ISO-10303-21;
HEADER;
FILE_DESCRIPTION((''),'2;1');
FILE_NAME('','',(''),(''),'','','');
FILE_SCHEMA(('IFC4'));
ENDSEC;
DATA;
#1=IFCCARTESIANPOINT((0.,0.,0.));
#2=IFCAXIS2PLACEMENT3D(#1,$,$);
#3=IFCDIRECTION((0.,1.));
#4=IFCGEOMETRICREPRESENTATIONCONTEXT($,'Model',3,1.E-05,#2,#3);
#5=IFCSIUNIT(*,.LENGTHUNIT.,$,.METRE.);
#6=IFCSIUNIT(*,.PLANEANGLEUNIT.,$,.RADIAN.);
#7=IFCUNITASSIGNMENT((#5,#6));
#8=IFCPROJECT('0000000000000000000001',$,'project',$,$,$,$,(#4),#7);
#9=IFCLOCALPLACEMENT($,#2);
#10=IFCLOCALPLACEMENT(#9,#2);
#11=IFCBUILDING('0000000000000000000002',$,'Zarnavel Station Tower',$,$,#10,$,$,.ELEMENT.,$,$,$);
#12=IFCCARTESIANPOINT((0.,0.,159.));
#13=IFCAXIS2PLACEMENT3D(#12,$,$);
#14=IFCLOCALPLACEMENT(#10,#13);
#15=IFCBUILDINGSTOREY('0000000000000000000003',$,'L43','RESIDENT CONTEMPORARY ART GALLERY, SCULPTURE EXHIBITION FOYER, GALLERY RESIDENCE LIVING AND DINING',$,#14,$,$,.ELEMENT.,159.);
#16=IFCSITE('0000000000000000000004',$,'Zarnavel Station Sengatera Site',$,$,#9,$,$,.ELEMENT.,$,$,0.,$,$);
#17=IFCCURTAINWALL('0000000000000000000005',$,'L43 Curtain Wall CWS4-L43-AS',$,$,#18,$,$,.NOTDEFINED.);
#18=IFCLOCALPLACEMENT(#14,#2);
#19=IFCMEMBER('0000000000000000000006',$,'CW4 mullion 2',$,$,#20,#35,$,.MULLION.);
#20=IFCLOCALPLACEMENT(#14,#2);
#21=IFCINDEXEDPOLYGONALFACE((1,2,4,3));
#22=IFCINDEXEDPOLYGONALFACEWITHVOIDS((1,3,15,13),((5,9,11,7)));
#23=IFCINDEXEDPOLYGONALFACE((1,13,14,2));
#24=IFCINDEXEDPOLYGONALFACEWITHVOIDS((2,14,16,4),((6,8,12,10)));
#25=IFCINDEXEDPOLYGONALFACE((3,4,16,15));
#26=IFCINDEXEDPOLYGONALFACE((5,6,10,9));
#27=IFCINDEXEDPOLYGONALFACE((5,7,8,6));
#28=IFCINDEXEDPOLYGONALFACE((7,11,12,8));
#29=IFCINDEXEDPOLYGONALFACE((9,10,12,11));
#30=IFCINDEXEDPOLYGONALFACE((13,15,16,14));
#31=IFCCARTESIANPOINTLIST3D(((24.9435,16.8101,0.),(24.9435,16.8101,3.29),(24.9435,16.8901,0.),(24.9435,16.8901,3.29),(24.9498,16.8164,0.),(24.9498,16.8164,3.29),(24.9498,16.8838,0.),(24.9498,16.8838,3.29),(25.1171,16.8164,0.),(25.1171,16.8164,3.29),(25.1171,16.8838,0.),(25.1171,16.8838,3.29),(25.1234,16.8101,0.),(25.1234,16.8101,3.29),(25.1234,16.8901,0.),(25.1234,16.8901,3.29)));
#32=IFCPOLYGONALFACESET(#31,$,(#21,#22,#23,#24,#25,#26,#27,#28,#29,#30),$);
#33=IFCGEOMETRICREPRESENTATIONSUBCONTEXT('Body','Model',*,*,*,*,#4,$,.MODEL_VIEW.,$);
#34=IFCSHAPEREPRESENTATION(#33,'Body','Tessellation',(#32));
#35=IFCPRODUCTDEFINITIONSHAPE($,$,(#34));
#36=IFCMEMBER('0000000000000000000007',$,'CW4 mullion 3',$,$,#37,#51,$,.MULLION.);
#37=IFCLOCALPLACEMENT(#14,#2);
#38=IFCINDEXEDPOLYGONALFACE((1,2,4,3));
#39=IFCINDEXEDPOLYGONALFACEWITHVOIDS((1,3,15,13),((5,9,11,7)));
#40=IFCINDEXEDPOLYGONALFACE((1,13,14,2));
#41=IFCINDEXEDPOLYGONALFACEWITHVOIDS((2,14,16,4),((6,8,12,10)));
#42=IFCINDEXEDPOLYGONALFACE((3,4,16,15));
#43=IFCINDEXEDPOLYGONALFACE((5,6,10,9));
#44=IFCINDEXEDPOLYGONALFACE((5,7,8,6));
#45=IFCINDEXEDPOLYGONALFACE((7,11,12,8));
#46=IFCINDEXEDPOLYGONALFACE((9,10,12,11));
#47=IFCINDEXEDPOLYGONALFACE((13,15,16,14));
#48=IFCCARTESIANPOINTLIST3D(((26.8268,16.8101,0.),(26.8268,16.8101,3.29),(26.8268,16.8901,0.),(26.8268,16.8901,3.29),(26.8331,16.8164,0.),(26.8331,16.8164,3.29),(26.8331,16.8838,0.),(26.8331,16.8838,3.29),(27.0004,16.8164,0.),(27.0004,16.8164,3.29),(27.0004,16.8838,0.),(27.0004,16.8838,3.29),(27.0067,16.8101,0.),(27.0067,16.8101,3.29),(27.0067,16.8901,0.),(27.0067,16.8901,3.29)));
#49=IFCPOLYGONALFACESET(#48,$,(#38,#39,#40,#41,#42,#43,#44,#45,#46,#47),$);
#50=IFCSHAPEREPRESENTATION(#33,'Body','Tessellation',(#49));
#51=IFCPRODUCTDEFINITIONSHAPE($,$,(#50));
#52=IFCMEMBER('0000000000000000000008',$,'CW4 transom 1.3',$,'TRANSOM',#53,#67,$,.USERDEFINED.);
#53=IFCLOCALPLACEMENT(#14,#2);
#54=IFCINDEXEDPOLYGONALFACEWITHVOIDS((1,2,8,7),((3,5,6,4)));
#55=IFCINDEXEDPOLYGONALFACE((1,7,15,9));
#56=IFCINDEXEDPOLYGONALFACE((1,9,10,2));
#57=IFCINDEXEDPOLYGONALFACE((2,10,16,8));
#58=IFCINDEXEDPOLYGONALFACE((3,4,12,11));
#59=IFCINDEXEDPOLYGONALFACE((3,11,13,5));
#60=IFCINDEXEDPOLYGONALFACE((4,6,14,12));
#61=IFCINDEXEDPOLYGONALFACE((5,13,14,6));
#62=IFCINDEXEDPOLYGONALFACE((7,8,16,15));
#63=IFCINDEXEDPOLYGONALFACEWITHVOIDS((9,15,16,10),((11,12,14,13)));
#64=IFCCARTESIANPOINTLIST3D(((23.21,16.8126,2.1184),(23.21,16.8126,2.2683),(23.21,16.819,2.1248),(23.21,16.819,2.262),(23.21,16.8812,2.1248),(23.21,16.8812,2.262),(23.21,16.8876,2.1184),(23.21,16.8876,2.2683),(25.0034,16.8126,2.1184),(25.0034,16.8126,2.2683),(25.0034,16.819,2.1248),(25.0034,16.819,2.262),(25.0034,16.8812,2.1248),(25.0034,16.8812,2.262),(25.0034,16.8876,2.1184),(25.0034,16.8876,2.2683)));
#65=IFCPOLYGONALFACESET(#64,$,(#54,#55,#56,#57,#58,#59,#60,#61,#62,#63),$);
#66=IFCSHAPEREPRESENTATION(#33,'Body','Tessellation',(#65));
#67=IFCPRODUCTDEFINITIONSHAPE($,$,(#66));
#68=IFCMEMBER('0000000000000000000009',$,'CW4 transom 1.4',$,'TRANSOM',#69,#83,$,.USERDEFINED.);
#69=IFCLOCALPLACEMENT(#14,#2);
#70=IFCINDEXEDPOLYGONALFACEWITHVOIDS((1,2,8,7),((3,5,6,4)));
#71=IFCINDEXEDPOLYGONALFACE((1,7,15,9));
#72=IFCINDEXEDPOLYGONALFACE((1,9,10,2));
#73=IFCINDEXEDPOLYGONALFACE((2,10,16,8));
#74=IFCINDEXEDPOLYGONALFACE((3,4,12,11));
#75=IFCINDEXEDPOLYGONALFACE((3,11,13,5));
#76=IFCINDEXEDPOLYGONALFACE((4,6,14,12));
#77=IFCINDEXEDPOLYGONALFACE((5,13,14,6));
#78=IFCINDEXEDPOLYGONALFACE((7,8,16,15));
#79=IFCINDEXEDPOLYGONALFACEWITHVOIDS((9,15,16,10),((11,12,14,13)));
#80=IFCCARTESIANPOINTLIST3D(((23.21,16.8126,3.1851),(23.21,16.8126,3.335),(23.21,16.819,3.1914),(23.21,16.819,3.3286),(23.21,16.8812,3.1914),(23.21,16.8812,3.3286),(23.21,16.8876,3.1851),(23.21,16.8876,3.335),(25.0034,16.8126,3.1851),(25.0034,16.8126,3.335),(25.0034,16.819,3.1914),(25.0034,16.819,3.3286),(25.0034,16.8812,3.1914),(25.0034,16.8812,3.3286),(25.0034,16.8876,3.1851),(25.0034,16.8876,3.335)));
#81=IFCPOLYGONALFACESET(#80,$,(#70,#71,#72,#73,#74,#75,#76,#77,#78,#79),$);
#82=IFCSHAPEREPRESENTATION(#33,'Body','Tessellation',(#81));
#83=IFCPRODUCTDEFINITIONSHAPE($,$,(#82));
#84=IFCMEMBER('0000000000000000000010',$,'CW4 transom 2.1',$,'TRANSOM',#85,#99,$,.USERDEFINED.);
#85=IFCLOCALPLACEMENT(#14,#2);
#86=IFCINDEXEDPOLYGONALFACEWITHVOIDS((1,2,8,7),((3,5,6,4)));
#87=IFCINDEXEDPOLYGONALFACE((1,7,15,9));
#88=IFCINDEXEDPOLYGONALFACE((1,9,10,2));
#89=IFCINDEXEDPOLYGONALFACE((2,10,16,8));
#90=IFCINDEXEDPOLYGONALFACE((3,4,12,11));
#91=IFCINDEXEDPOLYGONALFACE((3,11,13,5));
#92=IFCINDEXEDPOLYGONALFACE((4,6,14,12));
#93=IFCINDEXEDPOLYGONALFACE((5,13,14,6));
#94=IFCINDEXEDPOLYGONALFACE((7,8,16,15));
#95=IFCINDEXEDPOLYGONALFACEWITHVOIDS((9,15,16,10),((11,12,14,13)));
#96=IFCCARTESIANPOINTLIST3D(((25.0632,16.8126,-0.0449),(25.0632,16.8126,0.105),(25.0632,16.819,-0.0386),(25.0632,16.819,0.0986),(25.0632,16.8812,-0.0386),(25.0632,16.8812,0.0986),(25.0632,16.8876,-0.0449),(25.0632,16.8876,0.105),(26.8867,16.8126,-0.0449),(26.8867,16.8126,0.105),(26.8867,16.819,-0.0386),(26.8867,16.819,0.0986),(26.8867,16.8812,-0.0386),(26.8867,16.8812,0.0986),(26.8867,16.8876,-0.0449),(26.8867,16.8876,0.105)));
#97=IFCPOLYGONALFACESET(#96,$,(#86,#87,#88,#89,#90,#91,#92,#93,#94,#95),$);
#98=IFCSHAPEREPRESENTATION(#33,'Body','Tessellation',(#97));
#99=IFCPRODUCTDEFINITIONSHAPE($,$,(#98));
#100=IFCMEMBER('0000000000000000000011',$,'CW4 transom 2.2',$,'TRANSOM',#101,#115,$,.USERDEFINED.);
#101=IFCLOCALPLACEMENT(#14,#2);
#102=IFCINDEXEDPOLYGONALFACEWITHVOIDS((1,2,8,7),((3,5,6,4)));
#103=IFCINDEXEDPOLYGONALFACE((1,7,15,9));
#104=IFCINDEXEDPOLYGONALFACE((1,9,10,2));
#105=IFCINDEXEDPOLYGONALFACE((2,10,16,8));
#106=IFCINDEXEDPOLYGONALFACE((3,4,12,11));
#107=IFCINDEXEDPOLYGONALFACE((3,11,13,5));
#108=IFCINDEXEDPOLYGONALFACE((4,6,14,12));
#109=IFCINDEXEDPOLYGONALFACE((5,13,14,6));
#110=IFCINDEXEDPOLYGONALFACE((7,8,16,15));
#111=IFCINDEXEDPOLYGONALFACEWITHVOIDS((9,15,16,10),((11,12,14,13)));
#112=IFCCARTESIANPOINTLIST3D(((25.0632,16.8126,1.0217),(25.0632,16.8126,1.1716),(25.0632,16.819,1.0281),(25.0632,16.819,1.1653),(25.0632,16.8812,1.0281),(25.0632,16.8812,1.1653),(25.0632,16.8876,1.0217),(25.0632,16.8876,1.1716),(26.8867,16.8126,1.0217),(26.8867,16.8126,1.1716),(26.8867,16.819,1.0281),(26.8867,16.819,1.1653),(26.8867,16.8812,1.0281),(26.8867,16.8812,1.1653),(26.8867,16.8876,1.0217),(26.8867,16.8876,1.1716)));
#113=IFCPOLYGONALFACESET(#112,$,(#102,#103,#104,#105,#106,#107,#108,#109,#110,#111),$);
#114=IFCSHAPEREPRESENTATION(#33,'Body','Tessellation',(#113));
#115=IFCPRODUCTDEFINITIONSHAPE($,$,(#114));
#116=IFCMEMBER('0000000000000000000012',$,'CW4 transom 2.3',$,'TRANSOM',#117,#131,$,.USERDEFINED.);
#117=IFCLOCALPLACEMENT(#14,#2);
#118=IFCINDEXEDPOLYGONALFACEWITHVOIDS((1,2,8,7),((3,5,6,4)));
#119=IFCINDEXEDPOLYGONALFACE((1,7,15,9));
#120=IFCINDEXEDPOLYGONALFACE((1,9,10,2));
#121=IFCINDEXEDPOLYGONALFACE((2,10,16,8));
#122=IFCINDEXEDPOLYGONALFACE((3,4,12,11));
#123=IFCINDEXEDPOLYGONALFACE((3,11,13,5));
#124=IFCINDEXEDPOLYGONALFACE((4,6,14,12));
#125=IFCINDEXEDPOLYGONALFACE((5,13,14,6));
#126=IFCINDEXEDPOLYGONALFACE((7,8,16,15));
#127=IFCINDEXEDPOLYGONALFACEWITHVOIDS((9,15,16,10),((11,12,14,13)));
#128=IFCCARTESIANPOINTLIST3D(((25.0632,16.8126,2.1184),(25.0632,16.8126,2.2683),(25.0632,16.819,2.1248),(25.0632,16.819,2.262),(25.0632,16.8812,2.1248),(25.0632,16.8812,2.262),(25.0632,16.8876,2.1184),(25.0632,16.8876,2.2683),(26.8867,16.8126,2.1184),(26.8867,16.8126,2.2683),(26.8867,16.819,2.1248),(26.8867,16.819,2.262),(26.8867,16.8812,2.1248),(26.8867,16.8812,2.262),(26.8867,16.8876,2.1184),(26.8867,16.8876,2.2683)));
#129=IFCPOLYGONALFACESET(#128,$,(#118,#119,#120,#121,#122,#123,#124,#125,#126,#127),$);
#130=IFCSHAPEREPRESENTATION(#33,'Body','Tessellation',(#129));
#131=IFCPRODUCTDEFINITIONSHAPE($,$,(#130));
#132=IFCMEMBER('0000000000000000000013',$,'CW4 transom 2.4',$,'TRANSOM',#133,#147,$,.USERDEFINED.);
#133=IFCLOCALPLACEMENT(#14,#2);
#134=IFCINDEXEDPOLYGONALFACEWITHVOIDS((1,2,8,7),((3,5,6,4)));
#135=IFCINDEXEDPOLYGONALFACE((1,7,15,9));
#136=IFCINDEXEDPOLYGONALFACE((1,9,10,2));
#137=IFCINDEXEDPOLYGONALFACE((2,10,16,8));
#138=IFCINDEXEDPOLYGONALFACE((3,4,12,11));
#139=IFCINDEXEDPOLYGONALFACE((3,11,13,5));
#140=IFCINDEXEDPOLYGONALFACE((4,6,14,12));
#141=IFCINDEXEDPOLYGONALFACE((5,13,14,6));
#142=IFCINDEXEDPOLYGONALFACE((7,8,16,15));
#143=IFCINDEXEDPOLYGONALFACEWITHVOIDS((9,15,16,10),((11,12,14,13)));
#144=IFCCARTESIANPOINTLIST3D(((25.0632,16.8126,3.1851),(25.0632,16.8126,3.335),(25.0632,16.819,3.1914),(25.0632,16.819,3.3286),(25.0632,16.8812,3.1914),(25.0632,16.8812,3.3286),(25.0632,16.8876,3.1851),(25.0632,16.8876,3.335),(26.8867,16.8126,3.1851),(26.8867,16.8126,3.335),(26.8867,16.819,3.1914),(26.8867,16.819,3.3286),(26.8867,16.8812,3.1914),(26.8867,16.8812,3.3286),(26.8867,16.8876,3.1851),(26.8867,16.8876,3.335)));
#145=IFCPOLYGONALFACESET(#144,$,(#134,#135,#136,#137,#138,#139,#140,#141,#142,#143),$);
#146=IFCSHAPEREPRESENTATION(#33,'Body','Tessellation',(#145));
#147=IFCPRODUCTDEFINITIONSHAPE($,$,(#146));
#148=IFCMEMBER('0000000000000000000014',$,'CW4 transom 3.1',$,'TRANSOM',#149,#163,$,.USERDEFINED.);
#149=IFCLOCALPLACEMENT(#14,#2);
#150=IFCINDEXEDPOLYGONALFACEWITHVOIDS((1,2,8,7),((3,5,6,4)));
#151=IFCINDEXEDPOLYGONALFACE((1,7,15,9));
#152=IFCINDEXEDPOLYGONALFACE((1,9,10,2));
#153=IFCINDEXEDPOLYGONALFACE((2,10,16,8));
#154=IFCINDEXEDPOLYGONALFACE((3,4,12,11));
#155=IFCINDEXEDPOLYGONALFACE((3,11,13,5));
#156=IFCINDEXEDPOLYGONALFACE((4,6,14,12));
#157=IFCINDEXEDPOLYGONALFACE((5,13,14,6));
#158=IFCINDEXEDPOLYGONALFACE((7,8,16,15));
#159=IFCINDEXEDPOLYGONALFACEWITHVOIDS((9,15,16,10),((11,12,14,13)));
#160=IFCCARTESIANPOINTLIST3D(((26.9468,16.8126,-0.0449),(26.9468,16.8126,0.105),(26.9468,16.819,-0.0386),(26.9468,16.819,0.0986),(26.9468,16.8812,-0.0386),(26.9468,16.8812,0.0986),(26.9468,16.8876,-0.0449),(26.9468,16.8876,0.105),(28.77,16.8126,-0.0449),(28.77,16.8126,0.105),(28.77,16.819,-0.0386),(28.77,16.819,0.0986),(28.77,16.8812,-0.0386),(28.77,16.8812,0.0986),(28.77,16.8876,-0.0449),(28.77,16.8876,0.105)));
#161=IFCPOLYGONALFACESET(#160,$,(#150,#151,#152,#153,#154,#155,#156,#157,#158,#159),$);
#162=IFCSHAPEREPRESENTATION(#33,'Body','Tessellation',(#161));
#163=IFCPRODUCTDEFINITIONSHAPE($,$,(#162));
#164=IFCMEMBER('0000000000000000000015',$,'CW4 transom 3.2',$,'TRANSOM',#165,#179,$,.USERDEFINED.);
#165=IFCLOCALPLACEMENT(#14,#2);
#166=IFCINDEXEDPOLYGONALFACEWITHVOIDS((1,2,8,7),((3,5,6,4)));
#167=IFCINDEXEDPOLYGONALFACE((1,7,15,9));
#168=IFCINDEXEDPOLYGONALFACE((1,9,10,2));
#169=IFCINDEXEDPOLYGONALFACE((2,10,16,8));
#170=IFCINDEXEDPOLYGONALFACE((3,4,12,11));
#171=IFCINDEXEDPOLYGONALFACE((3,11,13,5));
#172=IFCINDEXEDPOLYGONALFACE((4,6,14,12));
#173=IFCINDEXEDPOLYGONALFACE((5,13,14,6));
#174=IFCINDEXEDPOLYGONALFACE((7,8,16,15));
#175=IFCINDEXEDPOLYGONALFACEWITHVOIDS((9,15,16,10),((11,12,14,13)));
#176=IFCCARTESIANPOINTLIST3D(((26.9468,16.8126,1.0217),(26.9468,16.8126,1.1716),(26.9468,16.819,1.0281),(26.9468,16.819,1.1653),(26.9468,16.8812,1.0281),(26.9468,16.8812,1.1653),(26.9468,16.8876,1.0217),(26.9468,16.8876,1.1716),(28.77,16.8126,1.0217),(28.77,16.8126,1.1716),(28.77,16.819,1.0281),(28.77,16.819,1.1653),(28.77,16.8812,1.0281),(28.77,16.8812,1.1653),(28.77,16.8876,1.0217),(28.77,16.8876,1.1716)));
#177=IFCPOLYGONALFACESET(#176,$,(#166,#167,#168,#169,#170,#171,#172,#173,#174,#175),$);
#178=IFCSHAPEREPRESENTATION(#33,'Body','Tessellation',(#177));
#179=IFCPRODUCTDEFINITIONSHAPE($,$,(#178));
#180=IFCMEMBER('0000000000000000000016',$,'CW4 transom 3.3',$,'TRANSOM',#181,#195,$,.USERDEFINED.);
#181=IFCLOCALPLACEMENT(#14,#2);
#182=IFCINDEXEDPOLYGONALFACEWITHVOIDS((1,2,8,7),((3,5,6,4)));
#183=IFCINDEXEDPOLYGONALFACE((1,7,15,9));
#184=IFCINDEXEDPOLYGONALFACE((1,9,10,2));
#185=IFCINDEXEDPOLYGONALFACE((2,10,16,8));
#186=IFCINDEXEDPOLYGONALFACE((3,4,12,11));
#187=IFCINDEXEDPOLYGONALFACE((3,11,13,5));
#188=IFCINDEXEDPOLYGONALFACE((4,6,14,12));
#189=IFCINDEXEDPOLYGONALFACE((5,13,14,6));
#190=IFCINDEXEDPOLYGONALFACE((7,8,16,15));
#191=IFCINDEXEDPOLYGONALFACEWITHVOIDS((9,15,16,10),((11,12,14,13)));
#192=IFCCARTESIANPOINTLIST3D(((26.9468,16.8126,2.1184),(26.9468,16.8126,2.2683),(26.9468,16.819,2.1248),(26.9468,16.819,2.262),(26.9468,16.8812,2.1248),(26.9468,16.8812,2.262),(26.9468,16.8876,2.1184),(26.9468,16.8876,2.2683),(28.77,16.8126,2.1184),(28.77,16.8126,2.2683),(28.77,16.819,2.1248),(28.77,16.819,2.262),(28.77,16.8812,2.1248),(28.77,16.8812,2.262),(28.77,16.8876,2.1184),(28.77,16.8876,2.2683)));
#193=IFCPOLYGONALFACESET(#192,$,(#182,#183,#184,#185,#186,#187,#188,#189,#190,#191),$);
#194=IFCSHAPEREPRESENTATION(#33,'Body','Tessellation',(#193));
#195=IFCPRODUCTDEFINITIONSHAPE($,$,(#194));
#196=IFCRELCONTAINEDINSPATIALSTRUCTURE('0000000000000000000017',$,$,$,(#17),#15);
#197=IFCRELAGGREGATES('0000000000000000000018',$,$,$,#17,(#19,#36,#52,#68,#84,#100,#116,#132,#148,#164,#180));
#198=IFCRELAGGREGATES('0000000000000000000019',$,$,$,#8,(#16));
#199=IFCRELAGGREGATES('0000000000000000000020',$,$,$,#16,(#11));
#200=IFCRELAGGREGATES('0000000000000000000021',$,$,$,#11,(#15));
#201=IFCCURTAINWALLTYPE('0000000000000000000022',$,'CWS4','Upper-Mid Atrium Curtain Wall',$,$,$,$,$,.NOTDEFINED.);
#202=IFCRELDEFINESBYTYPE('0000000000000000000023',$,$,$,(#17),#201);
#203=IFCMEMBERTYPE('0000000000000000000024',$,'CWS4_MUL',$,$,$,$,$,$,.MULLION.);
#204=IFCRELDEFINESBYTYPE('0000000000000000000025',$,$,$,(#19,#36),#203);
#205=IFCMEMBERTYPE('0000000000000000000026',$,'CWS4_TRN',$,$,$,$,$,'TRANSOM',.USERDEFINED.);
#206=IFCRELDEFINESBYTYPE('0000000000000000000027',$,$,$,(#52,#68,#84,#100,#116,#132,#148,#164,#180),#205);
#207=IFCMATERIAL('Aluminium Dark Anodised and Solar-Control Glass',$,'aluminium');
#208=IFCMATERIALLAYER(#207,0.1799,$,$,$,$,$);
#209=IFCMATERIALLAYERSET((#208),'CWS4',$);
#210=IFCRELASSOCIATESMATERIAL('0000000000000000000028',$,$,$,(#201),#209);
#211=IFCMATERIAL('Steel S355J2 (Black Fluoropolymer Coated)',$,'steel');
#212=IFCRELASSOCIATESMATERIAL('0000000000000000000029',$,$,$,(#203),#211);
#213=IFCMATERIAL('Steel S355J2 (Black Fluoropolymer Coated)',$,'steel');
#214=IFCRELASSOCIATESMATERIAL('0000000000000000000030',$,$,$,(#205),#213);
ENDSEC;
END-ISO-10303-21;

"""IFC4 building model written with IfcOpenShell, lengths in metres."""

from ifc_helpers import new_model, si_unit, direction, frame, origin, origin_2d, place, context, subcontext, project, spatial, hollow_rectangle, extrude, material, layer, layer_set, material_profile, profile_set, type_object, element, aggregate, save


model = new_model("IFC4")

# Units and contexts
model_context = context("Model", 3, precision=1e-05, world=origin(), true_north=direction((0.0, 1.0)))
body_context = subcontext(model_context, "Body", "Model", "MODEL_VIEW")
ifc_project = project(units=[si_unit("LENGTHUNIT", "METRE"), si_unit("PLANEANGLEUNIT", "RADIAN")], contexts=[model_context])

# Site, building, storey
site_placement = place(None, origin())
site = spatial("IfcSite", under=ifc_project, at=site_placement, Name="Zarnavel Station Sengatera Site", CompositionType="ELEMENT", RefElevation=0.0)
building_placement = place(site_placement, origin())
building = spatial("IfcBuilding", under=site, at=building_placement, Name="Zarnavel Station Tower", CompositionType="ELEMENT")
storey_placement = place(building_placement, frame((0.0, 0.0, 159.0)))
storey = spatial("IfcBuildingStorey", under=building, at=storey_placement, Name="L43", Description="RESIDENT CONTEMPORARY ART GALLERY, SCULPTURE EXHIBITION FOYER, GALLERY RESIDENCE LIVING AND DINING", CompositionType="ELEMENT", Elevation=159.0)

# Curtain wall, members
ifc_material_1 = material(Name="Aluminium Dark Anodised and Solar-Control Glass", Category="aluminium")
ifc_layer_1 = layer(ifc_material_1, 0.1799)
ifc_layer_set_1 = layer_set([ifc_layer_1], Name="CWS4")
curtain_wall_type = type_object("IfcCurtainWallType", Name="CWS4", Description="Upper-Mid Atrium Curtain Wall", PredefinedType="NOTDEFINED", material=ifc_layer_set_1)
curtain_wall_placement = place(storey_placement, origin())
curtain_wall = element("IfcCurtainWall", 1, at=curtain_wall_placement, inside=storey, type_object=curtain_wall_type, Name="L43 Curtain Wall CWS4-L43-AS", PredefinedType="NOTDEFINED")
ifc_material_2 = material(Name="Steel S355J2 (Black Fluoropolymer Coated)", Category="steel")
ifc_material_profile_1 = material_profile(ifc_material_2, hollow_rectangle(XDim=0.0801, YDim=0.1799, WallThickness=0.0063, at=origin_2d()), Name="RHS180x80x6.3")
ifc_profile_set_1 = profile_set([ifc_material_profile_1], Name="Steel S355J2 (Black Fluoropolymer Coated)")
member_type_1 = type_object("IfcMemberType", Name="CWS4_MUL", PredefinedType="MULLION", material=ifc_profile_set_1)
member_1_placement = place(storey_placement, frame((25.0334, 16.8501, 0.0), z_axis=(0.0, 0.0, 1.0), x_axis=(0.0, 1.0, 0.0)))
member_1 = element("IfcMember", 2, at=member_1_placement, type_object=member_type_1, Name="CW4 mullion 2", PredefinedType="MULLION", context=body_context, shape_type="SweptSolid", body=[
    extrude(hollow_rectangle(XDim=0.0801, YDim=0.1799, WallThickness=0.0063, at=origin_2d()), origin(), (0.0, 0.0, 1.0), 3.29),
])
member_2_placement = place(storey_placement, frame((26.9167, 16.8501, 0.0), z_axis=(0.0, 0.0, 1.0), x_axis=(0.0, 1.0, 0.0)))
member_2 = element("IfcMember", 3, at=member_2_placement, type_object=member_type_1, Name="CW4 mullion 3", PredefinedType="MULLION", context=body_context, shape_type="SweptSolid", body=[
    extrude(hollow_rectangle(XDim=0.0801, YDim=0.1799, WallThickness=0.0063, at=origin_2d()), origin(), (0.0, 0.0, 1.0), 3.29),
])
ifc_material_3 = material(Name="Steel S355J2 (Black Fluoropolymer Coated)", Category="steel")
ifc_material_profile_2 = material_profile(ifc_material_3, hollow_rectangle(XDim=0.075, YDim=0.1499, WallThickness=0.0063, at=origin_2d()), Name="RHS150x75x6.3")
ifc_profile_set_2 = profile_set([ifc_material_profile_2], Name="Steel S355J2 (Black Fluoropolymer Coated)")
member_type_2 = type_object("IfcMemberType", Name="CWS4_TRN", ElementType="TRANSOM", PredefinedType="USERDEFINED", material=ifc_profile_set_2)
member_3_placement = place(storey_placement, frame((23.21, 16.8501, 2.1934), z_axis=(1.0, 0.0, 0.0), x_axis=(0.0, 1.0, 0.0)))
member_3 = element("IfcMember", 4, at=member_3_placement, type_object=member_type_2, Name="CW4 transom 1.3", ObjectType="TRANSOM", PredefinedType="USERDEFINED", context=body_context, shape_type="SweptSolid", body=[
    extrude(hollow_rectangle(XDim=0.075, YDim=0.1499, WallThickness=0.0063, at=origin_2d()), origin(), (0.0, 0.0, 1.0), 1.7935),
])
member_4_placement = place(storey_placement, frame((23.21, 16.8501, 3.26), z_axis=(1.0, 0.0, 0.0), x_axis=(0.0, 1.0, 0.0)))
member_4 = element("IfcMember", 5, at=member_4_placement, type_object=member_type_2, Name="CW4 transom 1.4", ObjectType="TRANSOM", PredefinedType="USERDEFINED", context=body_context, shape_type="SweptSolid", body=[
    extrude(hollow_rectangle(XDim=0.075, YDim=0.1499, WallThickness=0.0063, at=origin_2d()), origin(), (0.0, 0.0, 1.0), 1.7935),
])
member_5_placement = place(storey_placement, frame((25.0632, 16.8501, 0.03), z_axis=(1.0, 0.0, 0.0), x_axis=(0.0, 1.0, 0.0)))
member_5 = element("IfcMember", 6, at=member_5_placement, type_object=member_type_2, Name="CW4 transom 2.1", ObjectType="TRANSOM", PredefinedType="USERDEFINED", context=body_context, shape_type="SweptSolid", body=[
    extrude(hollow_rectangle(XDim=0.075, YDim=0.1499, WallThickness=0.0063, at=origin_2d()), origin(), (0.0, 0.0, 1.0), 1.8235),
])
member_6_placement = place(storey_placement, frame((25.0632, 16.8501, 1.0967), z_axis=(1.0, 0.0, 0.0), x_axis=(0.0, 1.0, 0.0)))
member_6 = element("IfcMember", 7, at=member_6_placement, type_object=member_type_2, Name="CW4 transom 2.2", ObjectType="TRANSOM", PredefinedType="USERDEFINED", context=body_context, shape_type="SweptSolid", body=[
    extrude(hollow_rectangle(XDim=0.075, YDim=0.1499, WallThickness=0.0063, at=origin_2d()), origin(), (0.0, 0.0, 1.0), 1.8235),
])
member_7_placement = place(storey_placement, frame((25.0632, 16.8501, 2.1934), z_axis=(1.0, 0.0, 0.0), x_axis=(0.0, 1.0, 0.0)))
member_7 = element("IfcMember", 8, at=member_7_placement, type_object=member_type_2, Name="CW4 transom 2.3", ObjectType="TRANSOM", PredefinedType="USERDEFINED", context=body_context, shape_type="SweptSolid", body=[
    extrude(hollow_rectangle(XDim=0.075, YDim=0.1499, WallThickness=0.0063, at=origin_2d()), origin(), (0.0, 0.0, 1.0), 1.8235),
])
member_8_placement = place(storey_placement, frame((25.0632, 16.8501, 3.26), z_axis=(1.0, 0.0, 0.0), x_axis=(0.0, 1.0, 0.0)))
member_8 = element("IfcMember", 9, at=member_8_placement, type_object=member_type_2, Name="CW4 transom 2.4", ObjectType="TRANSOM", PredefinedType="USERDEFINED", context=body_context, shape_type="SweptSolid", body=[
    extrude(hollow_rectangle(XDim=0.075, YDim=0.1499, WallThickness=0.0063, at=origin_2d()), origin(), (0.0, 0.0, 1.0), 1.8235),
])
member_9_placement = place(storey_placement, frame((26.9468, 16.8501, 0.03), z_axis=(1.0, 0.0, 0.0), x_axis=(0.0, 1.0, 0.0)))
member_9 = element("IfcMember", 10, at=member_9_placement, type_object=member_type_2, Name="CW4 transom 3.1", ObjectType="TRANSOM", PredefinedType="USERDEFINED", context=body_context, shape_type="SweptSolid", body=[
    extrude(hollow_rectangle(XDim=0.075, YDim=0.1499, WallThickness=0.0063, at=origin_2d()), origin(), (0.0, 0.0, 1.0), 1.8232),
])
member_10_placement = place(storey_placement, frame((26.9468, 16.8501, 1.0967), z_axis=(1.0, 0.0, 0.0), x_axis=(0.0, 1.0, 0.0)))
member_10 = element("IfcMember", 11, at=member_10_placement, type_object=member_type_2, Name="CW4 transom 3.2", ObjectType="TRANSOM", PredefinedType="USERDEFINED", context=body_context, shape_type="SweptSolid", body=[
    extrude(hollow_rectangle(XDim=0.075, YDim=0.1499, WallThickness=0.0063, at=origin_2d()), origin(), (0.0, 0.0, 1.0), 1.8232),
])
member_11_placement = place(storey_placement, frame((26.9468, 16.8501, 2.1934), z_axis=(1.0, 0.0, 0.0), x_axis=(0.0, 1.0, 0.0)))
member_11 = element("IfcMember", 12, at=member_11_placement, type_object=member_type_2, Name="CW4 transom 3.3", ObjectType="TRANSOM", PredefinedType="USERDEFINED", context=body_context, shape_type="SweptSolid", body=[
    extrude(hollow_rectangle(XDim=0.075, YDim=0.1499, WallThickness=0.0063, at=origin_2d()), origin(), (0.0, 0.0, 1.0), 1.8232),
])
aggregate(curtain_wall, [member_1, member_2, member_3, member_4, member_5, member_6, member_7, member_8, member_9, member_10, member_11])

save(model, "model.ifc")
